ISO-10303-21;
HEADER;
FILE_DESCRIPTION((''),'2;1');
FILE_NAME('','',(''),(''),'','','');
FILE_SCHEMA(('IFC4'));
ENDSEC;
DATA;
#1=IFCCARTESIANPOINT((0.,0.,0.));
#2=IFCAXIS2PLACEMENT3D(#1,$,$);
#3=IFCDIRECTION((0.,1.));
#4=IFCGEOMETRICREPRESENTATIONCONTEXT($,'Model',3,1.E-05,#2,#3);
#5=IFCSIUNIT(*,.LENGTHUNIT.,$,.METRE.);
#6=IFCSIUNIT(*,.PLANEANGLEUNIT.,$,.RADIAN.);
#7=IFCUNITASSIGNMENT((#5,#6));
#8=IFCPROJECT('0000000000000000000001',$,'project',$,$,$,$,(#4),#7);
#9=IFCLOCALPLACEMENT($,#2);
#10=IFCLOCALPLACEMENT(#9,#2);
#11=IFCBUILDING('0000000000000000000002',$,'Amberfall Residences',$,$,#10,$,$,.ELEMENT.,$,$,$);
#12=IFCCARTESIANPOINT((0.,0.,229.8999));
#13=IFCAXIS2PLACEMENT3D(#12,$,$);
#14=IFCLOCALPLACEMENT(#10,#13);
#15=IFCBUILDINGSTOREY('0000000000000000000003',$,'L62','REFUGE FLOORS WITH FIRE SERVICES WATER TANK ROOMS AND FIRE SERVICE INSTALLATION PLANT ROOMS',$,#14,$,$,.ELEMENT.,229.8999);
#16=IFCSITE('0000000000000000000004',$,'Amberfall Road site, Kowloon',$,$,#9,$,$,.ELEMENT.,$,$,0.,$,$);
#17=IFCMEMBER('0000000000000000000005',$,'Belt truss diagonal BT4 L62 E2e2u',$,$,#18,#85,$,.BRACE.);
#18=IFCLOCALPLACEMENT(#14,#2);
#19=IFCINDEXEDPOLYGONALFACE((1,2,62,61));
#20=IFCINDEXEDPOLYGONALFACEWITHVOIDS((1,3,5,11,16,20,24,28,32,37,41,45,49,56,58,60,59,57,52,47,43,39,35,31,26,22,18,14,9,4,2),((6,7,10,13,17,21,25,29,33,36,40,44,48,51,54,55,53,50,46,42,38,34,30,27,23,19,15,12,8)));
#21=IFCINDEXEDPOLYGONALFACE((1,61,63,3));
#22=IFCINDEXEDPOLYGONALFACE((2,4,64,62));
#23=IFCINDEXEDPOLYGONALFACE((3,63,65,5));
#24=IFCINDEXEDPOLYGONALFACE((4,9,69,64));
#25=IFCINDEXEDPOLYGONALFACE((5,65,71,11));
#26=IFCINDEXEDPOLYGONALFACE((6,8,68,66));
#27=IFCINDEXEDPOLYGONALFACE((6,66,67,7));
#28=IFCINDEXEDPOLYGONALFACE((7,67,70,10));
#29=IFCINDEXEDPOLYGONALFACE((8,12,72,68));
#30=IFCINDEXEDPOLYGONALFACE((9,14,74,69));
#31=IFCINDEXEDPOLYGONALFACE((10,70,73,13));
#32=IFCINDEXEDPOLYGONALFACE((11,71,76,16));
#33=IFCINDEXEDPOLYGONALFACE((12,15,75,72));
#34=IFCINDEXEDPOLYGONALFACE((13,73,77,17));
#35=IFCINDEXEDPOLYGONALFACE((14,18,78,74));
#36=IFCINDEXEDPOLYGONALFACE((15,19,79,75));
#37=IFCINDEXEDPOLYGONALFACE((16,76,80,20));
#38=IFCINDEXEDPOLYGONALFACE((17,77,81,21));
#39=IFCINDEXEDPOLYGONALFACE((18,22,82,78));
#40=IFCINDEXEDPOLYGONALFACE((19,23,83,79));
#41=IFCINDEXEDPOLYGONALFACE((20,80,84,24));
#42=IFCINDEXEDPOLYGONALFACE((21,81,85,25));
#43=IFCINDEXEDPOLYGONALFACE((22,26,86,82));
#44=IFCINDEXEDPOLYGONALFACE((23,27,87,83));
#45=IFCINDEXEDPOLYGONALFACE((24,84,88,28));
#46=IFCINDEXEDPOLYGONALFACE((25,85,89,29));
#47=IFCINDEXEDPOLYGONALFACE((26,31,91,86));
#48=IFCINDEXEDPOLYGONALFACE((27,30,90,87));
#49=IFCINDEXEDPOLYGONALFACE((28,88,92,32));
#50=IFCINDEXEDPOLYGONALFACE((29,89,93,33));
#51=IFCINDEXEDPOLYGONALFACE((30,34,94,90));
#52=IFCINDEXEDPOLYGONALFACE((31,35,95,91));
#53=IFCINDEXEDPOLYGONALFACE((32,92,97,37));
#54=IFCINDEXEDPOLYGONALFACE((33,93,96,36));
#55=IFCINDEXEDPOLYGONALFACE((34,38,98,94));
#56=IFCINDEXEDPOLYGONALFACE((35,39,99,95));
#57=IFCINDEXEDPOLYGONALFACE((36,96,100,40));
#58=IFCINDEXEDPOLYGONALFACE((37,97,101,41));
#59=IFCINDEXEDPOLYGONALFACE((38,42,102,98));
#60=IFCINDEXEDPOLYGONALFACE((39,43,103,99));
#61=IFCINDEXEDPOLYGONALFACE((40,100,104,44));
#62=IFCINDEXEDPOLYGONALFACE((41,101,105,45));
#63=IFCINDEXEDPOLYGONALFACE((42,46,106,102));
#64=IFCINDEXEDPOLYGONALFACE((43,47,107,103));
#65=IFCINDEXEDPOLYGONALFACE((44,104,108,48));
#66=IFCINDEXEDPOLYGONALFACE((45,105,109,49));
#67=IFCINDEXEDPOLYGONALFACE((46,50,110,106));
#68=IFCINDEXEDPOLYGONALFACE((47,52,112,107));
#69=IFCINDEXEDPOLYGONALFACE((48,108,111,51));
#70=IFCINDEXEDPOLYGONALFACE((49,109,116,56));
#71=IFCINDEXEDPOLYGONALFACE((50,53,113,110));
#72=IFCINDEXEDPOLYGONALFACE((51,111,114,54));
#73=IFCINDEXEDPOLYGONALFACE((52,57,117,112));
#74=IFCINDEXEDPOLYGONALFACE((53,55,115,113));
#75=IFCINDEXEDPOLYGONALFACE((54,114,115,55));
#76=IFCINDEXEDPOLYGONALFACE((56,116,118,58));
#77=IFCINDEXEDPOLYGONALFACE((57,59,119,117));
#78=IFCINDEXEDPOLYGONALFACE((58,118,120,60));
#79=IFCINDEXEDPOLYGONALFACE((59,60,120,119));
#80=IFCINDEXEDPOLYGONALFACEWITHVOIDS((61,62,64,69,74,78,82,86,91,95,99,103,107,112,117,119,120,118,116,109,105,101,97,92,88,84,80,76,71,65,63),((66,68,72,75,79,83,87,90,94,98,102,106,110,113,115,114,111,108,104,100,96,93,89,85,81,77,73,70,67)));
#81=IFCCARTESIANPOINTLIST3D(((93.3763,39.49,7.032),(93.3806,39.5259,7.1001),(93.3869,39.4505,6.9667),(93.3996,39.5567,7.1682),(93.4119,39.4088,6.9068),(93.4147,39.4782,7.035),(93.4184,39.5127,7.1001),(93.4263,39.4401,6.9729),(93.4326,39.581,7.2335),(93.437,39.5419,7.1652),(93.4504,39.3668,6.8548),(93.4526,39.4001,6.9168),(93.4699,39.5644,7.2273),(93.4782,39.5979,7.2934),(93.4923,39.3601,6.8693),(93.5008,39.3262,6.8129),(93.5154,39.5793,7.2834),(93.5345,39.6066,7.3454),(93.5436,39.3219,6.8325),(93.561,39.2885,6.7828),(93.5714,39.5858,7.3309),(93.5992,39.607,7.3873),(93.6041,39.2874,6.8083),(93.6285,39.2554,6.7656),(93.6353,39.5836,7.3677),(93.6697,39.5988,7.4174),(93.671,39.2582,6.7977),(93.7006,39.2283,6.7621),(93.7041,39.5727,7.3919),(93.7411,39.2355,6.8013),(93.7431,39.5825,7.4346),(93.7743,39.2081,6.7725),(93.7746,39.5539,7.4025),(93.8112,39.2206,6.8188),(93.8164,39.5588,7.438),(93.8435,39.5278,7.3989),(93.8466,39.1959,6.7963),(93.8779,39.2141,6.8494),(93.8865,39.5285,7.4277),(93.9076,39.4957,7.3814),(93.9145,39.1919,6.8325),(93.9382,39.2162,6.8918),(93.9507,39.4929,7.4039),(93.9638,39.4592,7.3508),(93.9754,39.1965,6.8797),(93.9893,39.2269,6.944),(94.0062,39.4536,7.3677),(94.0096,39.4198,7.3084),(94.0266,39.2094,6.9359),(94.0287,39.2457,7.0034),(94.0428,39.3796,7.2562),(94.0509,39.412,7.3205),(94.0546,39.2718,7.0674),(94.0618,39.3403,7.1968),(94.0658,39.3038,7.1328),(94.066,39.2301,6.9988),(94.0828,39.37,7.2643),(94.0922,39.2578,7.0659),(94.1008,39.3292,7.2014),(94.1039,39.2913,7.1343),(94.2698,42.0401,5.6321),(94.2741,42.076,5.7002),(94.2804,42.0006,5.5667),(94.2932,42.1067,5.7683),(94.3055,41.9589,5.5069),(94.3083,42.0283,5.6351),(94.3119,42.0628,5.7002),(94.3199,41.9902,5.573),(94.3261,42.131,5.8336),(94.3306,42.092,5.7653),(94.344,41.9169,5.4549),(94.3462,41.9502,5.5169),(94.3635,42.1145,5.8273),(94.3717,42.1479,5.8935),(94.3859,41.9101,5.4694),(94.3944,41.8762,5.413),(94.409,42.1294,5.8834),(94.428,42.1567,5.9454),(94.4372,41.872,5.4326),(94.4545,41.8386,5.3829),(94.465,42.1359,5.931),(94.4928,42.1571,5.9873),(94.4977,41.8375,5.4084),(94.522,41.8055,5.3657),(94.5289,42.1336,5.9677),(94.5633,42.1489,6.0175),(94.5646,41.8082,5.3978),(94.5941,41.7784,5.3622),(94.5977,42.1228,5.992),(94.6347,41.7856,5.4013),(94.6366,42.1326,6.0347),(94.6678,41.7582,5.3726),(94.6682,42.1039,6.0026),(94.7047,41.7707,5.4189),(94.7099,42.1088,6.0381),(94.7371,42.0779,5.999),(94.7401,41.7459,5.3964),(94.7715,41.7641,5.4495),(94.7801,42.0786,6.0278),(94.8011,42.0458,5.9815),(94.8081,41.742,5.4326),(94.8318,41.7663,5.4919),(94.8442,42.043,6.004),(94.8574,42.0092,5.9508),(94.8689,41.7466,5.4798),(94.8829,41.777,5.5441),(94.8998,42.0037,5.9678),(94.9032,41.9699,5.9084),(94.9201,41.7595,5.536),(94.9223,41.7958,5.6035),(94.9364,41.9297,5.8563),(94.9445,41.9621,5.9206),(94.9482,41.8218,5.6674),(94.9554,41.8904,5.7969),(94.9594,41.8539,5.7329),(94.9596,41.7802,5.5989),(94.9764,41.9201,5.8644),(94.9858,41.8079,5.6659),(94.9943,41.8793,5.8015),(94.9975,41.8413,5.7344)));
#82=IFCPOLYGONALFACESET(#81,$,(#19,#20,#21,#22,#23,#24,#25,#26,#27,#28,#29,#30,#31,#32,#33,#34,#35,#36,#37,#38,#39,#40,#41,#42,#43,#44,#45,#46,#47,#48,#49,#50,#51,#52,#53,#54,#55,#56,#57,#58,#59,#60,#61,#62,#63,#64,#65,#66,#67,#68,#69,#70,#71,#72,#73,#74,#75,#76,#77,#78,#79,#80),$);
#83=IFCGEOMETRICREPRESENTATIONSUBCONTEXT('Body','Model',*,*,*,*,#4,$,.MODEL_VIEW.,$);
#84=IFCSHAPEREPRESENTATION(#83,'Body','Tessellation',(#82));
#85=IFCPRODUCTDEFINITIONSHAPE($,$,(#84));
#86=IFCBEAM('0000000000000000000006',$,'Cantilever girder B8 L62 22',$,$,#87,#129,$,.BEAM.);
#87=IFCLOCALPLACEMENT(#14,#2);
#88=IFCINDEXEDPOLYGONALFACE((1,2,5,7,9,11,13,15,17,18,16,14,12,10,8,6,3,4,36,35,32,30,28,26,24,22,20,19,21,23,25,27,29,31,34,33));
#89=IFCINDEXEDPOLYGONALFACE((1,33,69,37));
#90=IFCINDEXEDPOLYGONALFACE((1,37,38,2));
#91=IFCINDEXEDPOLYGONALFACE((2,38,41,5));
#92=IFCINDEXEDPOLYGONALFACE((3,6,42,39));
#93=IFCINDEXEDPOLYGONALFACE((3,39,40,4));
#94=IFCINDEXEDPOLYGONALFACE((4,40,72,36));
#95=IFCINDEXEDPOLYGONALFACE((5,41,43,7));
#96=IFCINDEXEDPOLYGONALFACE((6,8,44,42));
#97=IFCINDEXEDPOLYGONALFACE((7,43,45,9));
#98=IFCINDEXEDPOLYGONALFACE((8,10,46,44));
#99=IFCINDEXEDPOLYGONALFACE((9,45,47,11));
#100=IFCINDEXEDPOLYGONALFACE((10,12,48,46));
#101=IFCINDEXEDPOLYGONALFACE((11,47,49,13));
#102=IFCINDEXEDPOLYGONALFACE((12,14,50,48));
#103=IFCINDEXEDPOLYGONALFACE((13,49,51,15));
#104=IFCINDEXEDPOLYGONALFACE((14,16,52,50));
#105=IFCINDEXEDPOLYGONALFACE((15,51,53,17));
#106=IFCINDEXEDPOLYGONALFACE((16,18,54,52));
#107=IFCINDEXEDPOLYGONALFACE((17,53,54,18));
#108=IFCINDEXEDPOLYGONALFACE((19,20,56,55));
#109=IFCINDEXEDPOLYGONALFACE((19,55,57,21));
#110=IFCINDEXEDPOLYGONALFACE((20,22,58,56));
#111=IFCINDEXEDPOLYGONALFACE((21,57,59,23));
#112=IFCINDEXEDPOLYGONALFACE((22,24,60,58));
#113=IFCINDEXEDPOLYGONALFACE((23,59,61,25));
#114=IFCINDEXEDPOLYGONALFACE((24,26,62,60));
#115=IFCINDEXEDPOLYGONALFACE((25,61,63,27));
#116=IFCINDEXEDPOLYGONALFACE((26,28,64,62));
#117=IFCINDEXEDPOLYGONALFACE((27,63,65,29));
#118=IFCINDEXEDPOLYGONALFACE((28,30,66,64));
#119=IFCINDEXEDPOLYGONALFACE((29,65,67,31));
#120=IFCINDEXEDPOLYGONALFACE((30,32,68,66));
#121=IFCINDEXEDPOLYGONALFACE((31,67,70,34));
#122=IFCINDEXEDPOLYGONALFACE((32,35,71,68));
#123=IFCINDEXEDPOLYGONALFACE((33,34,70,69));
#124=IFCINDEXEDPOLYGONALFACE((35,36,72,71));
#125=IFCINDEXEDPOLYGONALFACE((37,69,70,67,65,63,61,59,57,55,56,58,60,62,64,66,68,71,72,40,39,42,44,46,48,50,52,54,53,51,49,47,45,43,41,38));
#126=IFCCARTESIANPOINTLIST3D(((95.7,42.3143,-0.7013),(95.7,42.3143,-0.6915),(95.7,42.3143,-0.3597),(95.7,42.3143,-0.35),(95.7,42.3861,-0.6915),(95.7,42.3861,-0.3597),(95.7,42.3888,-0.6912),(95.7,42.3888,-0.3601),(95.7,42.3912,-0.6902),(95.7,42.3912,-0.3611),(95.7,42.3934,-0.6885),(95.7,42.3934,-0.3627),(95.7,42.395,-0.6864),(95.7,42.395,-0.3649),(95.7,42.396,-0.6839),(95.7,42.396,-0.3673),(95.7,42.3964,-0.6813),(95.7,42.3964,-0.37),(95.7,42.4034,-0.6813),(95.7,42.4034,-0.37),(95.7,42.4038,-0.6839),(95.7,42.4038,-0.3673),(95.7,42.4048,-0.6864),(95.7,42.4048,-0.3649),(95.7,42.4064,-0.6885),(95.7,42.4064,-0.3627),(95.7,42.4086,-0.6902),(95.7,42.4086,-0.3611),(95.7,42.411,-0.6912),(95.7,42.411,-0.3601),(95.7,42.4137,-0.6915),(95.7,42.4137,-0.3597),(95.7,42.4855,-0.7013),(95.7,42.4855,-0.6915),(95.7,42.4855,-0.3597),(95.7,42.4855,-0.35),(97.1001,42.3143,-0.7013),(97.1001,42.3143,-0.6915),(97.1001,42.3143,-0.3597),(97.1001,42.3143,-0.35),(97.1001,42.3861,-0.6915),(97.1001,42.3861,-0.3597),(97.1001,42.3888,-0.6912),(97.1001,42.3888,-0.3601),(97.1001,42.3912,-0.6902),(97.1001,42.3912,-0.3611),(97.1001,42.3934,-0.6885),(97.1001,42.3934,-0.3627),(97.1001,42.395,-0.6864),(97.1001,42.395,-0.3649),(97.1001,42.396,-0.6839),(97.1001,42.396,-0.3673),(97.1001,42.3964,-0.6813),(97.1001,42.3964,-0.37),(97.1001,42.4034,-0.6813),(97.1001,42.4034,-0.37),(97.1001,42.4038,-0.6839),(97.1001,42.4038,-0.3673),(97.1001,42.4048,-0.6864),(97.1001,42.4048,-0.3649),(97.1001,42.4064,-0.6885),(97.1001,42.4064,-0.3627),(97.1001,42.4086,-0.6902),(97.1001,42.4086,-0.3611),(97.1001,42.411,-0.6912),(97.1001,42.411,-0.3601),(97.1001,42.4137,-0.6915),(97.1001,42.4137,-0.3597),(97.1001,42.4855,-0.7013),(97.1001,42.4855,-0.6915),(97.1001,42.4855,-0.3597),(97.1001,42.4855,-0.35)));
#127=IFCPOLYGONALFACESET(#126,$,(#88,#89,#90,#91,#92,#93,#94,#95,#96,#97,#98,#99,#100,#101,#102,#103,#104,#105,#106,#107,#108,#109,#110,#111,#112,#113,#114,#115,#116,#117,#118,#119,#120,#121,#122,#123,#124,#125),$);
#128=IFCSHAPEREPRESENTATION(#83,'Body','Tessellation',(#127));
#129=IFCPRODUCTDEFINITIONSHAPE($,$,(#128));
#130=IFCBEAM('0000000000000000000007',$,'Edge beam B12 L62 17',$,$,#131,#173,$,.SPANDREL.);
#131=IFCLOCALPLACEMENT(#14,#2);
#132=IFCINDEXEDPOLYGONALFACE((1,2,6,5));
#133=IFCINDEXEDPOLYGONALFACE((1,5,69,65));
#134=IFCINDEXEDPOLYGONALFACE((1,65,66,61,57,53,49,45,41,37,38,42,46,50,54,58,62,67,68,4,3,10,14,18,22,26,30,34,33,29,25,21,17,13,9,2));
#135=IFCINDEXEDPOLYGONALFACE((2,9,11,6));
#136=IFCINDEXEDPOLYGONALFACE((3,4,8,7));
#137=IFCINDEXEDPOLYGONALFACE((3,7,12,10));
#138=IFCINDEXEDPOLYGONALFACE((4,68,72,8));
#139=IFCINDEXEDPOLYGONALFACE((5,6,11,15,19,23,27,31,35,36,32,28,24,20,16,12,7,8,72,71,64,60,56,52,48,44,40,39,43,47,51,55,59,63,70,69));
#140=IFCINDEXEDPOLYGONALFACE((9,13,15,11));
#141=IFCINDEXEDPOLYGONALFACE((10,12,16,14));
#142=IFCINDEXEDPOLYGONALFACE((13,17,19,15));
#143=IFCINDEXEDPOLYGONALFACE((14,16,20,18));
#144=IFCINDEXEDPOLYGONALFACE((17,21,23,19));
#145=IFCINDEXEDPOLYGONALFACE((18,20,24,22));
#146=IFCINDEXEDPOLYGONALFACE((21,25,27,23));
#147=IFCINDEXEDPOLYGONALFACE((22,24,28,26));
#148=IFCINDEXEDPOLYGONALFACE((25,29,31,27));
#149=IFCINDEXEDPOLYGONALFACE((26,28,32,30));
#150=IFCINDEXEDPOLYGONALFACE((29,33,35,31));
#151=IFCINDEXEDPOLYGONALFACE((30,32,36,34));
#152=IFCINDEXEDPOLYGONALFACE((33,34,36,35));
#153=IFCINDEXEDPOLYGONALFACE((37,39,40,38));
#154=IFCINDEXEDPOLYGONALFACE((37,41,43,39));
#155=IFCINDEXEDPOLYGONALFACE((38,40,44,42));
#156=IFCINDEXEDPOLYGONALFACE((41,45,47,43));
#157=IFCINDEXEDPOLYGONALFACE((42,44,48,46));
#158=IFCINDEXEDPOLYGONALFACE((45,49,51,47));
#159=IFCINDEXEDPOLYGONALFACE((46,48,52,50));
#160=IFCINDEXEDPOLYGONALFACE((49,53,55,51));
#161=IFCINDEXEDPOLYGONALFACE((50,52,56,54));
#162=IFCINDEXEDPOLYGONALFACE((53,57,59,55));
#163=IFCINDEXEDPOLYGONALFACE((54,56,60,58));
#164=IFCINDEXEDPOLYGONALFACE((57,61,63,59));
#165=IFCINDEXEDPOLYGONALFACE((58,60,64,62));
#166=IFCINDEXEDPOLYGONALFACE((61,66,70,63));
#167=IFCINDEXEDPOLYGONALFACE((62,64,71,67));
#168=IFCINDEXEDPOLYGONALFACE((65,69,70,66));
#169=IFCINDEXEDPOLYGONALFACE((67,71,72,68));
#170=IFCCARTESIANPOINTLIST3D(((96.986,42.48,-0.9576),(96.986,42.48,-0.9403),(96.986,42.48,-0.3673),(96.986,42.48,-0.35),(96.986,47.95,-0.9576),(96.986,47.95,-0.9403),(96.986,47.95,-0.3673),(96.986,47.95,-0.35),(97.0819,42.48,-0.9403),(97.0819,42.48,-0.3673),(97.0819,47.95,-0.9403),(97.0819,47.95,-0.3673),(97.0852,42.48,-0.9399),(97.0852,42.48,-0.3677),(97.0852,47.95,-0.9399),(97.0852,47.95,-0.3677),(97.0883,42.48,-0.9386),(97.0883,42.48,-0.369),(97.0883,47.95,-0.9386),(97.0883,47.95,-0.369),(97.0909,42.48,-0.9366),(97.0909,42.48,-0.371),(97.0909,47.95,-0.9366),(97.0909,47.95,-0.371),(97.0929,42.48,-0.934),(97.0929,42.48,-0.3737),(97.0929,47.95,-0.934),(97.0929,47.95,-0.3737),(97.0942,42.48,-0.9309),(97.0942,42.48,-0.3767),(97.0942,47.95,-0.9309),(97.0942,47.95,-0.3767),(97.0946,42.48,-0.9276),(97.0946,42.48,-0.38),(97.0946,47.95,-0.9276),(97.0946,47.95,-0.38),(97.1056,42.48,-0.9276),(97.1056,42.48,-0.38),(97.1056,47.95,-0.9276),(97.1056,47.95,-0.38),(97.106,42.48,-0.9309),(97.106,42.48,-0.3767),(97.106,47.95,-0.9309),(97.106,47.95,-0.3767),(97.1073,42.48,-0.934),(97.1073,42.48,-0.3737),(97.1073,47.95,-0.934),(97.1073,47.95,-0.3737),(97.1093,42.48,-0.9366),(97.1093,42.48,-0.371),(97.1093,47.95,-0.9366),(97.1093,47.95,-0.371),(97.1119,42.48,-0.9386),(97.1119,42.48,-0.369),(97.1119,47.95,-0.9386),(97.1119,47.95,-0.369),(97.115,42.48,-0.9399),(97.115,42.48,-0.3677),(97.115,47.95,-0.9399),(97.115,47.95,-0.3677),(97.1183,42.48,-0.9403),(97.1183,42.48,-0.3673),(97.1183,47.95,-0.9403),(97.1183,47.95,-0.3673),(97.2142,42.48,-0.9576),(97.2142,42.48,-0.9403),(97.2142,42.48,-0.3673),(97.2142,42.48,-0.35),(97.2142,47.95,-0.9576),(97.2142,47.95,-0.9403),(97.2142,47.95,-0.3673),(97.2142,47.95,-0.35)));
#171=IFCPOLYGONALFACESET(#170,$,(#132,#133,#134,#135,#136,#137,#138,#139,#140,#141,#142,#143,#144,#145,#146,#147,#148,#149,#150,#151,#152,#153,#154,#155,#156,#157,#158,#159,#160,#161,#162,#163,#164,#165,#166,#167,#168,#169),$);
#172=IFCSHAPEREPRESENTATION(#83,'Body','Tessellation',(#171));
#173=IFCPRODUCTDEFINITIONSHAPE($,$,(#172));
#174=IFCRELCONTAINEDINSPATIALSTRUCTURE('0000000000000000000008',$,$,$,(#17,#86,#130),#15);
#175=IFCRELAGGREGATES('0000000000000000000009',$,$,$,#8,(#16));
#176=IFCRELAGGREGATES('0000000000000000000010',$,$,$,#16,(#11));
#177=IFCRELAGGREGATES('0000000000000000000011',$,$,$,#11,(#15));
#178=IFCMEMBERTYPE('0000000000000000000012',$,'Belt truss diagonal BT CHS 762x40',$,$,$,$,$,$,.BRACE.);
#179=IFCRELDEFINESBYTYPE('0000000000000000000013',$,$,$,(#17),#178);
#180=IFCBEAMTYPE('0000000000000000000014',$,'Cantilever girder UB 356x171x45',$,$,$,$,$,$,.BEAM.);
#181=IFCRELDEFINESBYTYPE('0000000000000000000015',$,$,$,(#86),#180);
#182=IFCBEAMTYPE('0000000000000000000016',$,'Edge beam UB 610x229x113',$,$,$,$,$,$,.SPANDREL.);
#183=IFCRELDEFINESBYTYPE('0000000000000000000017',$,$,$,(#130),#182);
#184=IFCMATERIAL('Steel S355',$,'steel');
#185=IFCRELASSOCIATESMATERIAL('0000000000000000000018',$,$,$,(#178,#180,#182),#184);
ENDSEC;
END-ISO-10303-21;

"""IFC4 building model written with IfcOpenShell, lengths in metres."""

from ifc_helpers import new_model, si_unit, direction, frame, origin, origin_2d, place, context, subcontext, project, spatial, hollow_circle, i_section, extrude, material, material_profile, profile_set, type_object, element, save


model = new_model("IFC4")

# Units and contexts
model_context = context("Model", 3, precision=1e-05, world=origin(), true_north=direction((0.0, 1.0)))
body_context = subcontext(model_context, "Body", "Model", "MODEL_VIEW")
ifc_project = project(units=[si_unit("LENGTHUNIT", "METRE"), si_unit("PLANEANGLEUNIT", "RADIAN")], contexts=[model_context])

# Site, building, storey
site_placement = place(None, origin())
site = spatial("IfcSite", under=ifc_project, at=site_placement, Name="Amberfall Road site, Kowloon", CompositionType="ELEMENT", RefElevation=0.0)
building_placement = place(site_placement, origin())
building = spatial("IfcBuilding", under=site, at=building_placement, Name="Amberfall Residences", CompositionType="ELEMENT")
storey_placement = place(building_placement, frame((0.0, 0.0, 229.8999)))
storey = spatial("IfcBuildingStorey", under=building, at=storey_placement, Name="L62", Description="REFUGE FLOORS WITH FIRE SERVICES WATER TANK ROOMS AND FIRE SERVICE INSTALLATION PLANT ROOMS", CompositionType="ELEMENT", Elevation=229.8999)

# Member
ifc_material_1 = material(Name="Steel S355", Category="steel")
ifc_material_profile_1 = material_profile(ifc_material_1, hollow_circle(Radius=0.3811, WallThickness=0.04, at=origin_2d()), Name="CHS 762x40")
ifc_profile_set_1 = profile_set([ifc_material_profile_1], Name="Steel S355")
member_type_1 = type_object("IfcMemberType", Name="Belt truss diagonal BT CHS 762x40", PredefinedType="BRACE", material=ifc_profile_set_1)
for number, where, z_axis, x_axis, name in (
    (1, (93.7402, 39.3999, 7.1001), (0.293626, 0.837957, -0.460014), (-0.943739, 0.330692, 0.0), "Belt truss diagonal BT4 L62 E2e2u"),
):
    element("IfcMember", number, at=place(storey_placement, frame(where, z_axis=z_axis, x_axis=x_axis)), inside=storey, type_object=member_type_1, Name=name, PredefinedType="BRACE", context=body_context, shape_type="SweptSolid", body=[
        extrude(hollow_circle(Radius=0.3811, WallThickness=0.04, at=origin_2d()), origin(), (0.0, 0.0, 1.0), 3.0432),
    ])

# Beams
ifc_material_profile_2 = material_profile(ifc_material_1, i_section(OverallWidth=0.1711, OverallDepth=0.3513, WebThickness=0.0071, FlangeThickness=0.0098, FilletRadius=0.0103, at=origin_2d()), Name="UB 356x171x45")
ifc_profile_set_2 = profile_set([ifc_material_profile_2], Name="Steel S355")
beam_type_1 = type_object("IfcBeamType", Name="Cantilever girder UB 356x171x45", PredefinedType="BEAM", material=ifc_profile_set_2)
beam_1_placement = place(storey_placement, frame((95.7, 42.3999, -0.5256), z_axis=(1.0, 0.0, 0.0), x_axis=(0.0, 1.0, 0.0)))
element("IfcBeam", 2, at=beam_1_placement, inside=storey, type_object=beam_type_1, Name="Cantilever girder B8 L62 22", PredefinedType="BEAM", context=body_context, shape_type="SweptSolid", body=[
    extrude(i_section(OverallWidth=0.1711, OverallDepth=0.3513, WebThickness=0.0071, FlangeThickness=0.0098, FilletRadius=0.0103, at=origin_2d()), origin(), (0.0, 0.0, 1.0), 1.4001),
])
ifc_material_profile_3 = material_profile(ifc_material_1, i_section(OverallWidth=0.2283, OverallDepth=0.6077, WebThickness=0.011, FlangeThickness=0.0173, FilletRadius=0.0127, at=origin_2d()), Name="UB 610x229x113")
ifc_profile_set_3 = profile_set([ifc_material_profile_3], Name="Steel S355")
beam_type_2 = type_object("IfcBeamType", Name="Edge beam UB 610x229x113", PredefinedType="SPANDREL", material=ifc_profile_set_3)
beam_2_placement = place(storey_placement, frame((97.1001, 42.48, -0.6538), z_axis=(0.0, 1.0, 0.0), x_axis=(-1.0, 0.0, 0.0)))
element("IfcBeam", 3, at=beam_2_placement, inside=storey, type_object=beam_type_2, Name="Edge beam B12 L62 17", PredefinedType="SPANDREL", context=body_context, shape_type="SweptSolid", body=[
    extrude(i_section(OverallWidth=0.2283, OverallDepth=0.6077, WebThickness=0.011, FlangeThickness=0.0173, FilletRadius=0.0127, at=origin_2d()), origin(), (0.0, 0.0, 1.0), 5.47),
])

save(model, "model.ifc")
